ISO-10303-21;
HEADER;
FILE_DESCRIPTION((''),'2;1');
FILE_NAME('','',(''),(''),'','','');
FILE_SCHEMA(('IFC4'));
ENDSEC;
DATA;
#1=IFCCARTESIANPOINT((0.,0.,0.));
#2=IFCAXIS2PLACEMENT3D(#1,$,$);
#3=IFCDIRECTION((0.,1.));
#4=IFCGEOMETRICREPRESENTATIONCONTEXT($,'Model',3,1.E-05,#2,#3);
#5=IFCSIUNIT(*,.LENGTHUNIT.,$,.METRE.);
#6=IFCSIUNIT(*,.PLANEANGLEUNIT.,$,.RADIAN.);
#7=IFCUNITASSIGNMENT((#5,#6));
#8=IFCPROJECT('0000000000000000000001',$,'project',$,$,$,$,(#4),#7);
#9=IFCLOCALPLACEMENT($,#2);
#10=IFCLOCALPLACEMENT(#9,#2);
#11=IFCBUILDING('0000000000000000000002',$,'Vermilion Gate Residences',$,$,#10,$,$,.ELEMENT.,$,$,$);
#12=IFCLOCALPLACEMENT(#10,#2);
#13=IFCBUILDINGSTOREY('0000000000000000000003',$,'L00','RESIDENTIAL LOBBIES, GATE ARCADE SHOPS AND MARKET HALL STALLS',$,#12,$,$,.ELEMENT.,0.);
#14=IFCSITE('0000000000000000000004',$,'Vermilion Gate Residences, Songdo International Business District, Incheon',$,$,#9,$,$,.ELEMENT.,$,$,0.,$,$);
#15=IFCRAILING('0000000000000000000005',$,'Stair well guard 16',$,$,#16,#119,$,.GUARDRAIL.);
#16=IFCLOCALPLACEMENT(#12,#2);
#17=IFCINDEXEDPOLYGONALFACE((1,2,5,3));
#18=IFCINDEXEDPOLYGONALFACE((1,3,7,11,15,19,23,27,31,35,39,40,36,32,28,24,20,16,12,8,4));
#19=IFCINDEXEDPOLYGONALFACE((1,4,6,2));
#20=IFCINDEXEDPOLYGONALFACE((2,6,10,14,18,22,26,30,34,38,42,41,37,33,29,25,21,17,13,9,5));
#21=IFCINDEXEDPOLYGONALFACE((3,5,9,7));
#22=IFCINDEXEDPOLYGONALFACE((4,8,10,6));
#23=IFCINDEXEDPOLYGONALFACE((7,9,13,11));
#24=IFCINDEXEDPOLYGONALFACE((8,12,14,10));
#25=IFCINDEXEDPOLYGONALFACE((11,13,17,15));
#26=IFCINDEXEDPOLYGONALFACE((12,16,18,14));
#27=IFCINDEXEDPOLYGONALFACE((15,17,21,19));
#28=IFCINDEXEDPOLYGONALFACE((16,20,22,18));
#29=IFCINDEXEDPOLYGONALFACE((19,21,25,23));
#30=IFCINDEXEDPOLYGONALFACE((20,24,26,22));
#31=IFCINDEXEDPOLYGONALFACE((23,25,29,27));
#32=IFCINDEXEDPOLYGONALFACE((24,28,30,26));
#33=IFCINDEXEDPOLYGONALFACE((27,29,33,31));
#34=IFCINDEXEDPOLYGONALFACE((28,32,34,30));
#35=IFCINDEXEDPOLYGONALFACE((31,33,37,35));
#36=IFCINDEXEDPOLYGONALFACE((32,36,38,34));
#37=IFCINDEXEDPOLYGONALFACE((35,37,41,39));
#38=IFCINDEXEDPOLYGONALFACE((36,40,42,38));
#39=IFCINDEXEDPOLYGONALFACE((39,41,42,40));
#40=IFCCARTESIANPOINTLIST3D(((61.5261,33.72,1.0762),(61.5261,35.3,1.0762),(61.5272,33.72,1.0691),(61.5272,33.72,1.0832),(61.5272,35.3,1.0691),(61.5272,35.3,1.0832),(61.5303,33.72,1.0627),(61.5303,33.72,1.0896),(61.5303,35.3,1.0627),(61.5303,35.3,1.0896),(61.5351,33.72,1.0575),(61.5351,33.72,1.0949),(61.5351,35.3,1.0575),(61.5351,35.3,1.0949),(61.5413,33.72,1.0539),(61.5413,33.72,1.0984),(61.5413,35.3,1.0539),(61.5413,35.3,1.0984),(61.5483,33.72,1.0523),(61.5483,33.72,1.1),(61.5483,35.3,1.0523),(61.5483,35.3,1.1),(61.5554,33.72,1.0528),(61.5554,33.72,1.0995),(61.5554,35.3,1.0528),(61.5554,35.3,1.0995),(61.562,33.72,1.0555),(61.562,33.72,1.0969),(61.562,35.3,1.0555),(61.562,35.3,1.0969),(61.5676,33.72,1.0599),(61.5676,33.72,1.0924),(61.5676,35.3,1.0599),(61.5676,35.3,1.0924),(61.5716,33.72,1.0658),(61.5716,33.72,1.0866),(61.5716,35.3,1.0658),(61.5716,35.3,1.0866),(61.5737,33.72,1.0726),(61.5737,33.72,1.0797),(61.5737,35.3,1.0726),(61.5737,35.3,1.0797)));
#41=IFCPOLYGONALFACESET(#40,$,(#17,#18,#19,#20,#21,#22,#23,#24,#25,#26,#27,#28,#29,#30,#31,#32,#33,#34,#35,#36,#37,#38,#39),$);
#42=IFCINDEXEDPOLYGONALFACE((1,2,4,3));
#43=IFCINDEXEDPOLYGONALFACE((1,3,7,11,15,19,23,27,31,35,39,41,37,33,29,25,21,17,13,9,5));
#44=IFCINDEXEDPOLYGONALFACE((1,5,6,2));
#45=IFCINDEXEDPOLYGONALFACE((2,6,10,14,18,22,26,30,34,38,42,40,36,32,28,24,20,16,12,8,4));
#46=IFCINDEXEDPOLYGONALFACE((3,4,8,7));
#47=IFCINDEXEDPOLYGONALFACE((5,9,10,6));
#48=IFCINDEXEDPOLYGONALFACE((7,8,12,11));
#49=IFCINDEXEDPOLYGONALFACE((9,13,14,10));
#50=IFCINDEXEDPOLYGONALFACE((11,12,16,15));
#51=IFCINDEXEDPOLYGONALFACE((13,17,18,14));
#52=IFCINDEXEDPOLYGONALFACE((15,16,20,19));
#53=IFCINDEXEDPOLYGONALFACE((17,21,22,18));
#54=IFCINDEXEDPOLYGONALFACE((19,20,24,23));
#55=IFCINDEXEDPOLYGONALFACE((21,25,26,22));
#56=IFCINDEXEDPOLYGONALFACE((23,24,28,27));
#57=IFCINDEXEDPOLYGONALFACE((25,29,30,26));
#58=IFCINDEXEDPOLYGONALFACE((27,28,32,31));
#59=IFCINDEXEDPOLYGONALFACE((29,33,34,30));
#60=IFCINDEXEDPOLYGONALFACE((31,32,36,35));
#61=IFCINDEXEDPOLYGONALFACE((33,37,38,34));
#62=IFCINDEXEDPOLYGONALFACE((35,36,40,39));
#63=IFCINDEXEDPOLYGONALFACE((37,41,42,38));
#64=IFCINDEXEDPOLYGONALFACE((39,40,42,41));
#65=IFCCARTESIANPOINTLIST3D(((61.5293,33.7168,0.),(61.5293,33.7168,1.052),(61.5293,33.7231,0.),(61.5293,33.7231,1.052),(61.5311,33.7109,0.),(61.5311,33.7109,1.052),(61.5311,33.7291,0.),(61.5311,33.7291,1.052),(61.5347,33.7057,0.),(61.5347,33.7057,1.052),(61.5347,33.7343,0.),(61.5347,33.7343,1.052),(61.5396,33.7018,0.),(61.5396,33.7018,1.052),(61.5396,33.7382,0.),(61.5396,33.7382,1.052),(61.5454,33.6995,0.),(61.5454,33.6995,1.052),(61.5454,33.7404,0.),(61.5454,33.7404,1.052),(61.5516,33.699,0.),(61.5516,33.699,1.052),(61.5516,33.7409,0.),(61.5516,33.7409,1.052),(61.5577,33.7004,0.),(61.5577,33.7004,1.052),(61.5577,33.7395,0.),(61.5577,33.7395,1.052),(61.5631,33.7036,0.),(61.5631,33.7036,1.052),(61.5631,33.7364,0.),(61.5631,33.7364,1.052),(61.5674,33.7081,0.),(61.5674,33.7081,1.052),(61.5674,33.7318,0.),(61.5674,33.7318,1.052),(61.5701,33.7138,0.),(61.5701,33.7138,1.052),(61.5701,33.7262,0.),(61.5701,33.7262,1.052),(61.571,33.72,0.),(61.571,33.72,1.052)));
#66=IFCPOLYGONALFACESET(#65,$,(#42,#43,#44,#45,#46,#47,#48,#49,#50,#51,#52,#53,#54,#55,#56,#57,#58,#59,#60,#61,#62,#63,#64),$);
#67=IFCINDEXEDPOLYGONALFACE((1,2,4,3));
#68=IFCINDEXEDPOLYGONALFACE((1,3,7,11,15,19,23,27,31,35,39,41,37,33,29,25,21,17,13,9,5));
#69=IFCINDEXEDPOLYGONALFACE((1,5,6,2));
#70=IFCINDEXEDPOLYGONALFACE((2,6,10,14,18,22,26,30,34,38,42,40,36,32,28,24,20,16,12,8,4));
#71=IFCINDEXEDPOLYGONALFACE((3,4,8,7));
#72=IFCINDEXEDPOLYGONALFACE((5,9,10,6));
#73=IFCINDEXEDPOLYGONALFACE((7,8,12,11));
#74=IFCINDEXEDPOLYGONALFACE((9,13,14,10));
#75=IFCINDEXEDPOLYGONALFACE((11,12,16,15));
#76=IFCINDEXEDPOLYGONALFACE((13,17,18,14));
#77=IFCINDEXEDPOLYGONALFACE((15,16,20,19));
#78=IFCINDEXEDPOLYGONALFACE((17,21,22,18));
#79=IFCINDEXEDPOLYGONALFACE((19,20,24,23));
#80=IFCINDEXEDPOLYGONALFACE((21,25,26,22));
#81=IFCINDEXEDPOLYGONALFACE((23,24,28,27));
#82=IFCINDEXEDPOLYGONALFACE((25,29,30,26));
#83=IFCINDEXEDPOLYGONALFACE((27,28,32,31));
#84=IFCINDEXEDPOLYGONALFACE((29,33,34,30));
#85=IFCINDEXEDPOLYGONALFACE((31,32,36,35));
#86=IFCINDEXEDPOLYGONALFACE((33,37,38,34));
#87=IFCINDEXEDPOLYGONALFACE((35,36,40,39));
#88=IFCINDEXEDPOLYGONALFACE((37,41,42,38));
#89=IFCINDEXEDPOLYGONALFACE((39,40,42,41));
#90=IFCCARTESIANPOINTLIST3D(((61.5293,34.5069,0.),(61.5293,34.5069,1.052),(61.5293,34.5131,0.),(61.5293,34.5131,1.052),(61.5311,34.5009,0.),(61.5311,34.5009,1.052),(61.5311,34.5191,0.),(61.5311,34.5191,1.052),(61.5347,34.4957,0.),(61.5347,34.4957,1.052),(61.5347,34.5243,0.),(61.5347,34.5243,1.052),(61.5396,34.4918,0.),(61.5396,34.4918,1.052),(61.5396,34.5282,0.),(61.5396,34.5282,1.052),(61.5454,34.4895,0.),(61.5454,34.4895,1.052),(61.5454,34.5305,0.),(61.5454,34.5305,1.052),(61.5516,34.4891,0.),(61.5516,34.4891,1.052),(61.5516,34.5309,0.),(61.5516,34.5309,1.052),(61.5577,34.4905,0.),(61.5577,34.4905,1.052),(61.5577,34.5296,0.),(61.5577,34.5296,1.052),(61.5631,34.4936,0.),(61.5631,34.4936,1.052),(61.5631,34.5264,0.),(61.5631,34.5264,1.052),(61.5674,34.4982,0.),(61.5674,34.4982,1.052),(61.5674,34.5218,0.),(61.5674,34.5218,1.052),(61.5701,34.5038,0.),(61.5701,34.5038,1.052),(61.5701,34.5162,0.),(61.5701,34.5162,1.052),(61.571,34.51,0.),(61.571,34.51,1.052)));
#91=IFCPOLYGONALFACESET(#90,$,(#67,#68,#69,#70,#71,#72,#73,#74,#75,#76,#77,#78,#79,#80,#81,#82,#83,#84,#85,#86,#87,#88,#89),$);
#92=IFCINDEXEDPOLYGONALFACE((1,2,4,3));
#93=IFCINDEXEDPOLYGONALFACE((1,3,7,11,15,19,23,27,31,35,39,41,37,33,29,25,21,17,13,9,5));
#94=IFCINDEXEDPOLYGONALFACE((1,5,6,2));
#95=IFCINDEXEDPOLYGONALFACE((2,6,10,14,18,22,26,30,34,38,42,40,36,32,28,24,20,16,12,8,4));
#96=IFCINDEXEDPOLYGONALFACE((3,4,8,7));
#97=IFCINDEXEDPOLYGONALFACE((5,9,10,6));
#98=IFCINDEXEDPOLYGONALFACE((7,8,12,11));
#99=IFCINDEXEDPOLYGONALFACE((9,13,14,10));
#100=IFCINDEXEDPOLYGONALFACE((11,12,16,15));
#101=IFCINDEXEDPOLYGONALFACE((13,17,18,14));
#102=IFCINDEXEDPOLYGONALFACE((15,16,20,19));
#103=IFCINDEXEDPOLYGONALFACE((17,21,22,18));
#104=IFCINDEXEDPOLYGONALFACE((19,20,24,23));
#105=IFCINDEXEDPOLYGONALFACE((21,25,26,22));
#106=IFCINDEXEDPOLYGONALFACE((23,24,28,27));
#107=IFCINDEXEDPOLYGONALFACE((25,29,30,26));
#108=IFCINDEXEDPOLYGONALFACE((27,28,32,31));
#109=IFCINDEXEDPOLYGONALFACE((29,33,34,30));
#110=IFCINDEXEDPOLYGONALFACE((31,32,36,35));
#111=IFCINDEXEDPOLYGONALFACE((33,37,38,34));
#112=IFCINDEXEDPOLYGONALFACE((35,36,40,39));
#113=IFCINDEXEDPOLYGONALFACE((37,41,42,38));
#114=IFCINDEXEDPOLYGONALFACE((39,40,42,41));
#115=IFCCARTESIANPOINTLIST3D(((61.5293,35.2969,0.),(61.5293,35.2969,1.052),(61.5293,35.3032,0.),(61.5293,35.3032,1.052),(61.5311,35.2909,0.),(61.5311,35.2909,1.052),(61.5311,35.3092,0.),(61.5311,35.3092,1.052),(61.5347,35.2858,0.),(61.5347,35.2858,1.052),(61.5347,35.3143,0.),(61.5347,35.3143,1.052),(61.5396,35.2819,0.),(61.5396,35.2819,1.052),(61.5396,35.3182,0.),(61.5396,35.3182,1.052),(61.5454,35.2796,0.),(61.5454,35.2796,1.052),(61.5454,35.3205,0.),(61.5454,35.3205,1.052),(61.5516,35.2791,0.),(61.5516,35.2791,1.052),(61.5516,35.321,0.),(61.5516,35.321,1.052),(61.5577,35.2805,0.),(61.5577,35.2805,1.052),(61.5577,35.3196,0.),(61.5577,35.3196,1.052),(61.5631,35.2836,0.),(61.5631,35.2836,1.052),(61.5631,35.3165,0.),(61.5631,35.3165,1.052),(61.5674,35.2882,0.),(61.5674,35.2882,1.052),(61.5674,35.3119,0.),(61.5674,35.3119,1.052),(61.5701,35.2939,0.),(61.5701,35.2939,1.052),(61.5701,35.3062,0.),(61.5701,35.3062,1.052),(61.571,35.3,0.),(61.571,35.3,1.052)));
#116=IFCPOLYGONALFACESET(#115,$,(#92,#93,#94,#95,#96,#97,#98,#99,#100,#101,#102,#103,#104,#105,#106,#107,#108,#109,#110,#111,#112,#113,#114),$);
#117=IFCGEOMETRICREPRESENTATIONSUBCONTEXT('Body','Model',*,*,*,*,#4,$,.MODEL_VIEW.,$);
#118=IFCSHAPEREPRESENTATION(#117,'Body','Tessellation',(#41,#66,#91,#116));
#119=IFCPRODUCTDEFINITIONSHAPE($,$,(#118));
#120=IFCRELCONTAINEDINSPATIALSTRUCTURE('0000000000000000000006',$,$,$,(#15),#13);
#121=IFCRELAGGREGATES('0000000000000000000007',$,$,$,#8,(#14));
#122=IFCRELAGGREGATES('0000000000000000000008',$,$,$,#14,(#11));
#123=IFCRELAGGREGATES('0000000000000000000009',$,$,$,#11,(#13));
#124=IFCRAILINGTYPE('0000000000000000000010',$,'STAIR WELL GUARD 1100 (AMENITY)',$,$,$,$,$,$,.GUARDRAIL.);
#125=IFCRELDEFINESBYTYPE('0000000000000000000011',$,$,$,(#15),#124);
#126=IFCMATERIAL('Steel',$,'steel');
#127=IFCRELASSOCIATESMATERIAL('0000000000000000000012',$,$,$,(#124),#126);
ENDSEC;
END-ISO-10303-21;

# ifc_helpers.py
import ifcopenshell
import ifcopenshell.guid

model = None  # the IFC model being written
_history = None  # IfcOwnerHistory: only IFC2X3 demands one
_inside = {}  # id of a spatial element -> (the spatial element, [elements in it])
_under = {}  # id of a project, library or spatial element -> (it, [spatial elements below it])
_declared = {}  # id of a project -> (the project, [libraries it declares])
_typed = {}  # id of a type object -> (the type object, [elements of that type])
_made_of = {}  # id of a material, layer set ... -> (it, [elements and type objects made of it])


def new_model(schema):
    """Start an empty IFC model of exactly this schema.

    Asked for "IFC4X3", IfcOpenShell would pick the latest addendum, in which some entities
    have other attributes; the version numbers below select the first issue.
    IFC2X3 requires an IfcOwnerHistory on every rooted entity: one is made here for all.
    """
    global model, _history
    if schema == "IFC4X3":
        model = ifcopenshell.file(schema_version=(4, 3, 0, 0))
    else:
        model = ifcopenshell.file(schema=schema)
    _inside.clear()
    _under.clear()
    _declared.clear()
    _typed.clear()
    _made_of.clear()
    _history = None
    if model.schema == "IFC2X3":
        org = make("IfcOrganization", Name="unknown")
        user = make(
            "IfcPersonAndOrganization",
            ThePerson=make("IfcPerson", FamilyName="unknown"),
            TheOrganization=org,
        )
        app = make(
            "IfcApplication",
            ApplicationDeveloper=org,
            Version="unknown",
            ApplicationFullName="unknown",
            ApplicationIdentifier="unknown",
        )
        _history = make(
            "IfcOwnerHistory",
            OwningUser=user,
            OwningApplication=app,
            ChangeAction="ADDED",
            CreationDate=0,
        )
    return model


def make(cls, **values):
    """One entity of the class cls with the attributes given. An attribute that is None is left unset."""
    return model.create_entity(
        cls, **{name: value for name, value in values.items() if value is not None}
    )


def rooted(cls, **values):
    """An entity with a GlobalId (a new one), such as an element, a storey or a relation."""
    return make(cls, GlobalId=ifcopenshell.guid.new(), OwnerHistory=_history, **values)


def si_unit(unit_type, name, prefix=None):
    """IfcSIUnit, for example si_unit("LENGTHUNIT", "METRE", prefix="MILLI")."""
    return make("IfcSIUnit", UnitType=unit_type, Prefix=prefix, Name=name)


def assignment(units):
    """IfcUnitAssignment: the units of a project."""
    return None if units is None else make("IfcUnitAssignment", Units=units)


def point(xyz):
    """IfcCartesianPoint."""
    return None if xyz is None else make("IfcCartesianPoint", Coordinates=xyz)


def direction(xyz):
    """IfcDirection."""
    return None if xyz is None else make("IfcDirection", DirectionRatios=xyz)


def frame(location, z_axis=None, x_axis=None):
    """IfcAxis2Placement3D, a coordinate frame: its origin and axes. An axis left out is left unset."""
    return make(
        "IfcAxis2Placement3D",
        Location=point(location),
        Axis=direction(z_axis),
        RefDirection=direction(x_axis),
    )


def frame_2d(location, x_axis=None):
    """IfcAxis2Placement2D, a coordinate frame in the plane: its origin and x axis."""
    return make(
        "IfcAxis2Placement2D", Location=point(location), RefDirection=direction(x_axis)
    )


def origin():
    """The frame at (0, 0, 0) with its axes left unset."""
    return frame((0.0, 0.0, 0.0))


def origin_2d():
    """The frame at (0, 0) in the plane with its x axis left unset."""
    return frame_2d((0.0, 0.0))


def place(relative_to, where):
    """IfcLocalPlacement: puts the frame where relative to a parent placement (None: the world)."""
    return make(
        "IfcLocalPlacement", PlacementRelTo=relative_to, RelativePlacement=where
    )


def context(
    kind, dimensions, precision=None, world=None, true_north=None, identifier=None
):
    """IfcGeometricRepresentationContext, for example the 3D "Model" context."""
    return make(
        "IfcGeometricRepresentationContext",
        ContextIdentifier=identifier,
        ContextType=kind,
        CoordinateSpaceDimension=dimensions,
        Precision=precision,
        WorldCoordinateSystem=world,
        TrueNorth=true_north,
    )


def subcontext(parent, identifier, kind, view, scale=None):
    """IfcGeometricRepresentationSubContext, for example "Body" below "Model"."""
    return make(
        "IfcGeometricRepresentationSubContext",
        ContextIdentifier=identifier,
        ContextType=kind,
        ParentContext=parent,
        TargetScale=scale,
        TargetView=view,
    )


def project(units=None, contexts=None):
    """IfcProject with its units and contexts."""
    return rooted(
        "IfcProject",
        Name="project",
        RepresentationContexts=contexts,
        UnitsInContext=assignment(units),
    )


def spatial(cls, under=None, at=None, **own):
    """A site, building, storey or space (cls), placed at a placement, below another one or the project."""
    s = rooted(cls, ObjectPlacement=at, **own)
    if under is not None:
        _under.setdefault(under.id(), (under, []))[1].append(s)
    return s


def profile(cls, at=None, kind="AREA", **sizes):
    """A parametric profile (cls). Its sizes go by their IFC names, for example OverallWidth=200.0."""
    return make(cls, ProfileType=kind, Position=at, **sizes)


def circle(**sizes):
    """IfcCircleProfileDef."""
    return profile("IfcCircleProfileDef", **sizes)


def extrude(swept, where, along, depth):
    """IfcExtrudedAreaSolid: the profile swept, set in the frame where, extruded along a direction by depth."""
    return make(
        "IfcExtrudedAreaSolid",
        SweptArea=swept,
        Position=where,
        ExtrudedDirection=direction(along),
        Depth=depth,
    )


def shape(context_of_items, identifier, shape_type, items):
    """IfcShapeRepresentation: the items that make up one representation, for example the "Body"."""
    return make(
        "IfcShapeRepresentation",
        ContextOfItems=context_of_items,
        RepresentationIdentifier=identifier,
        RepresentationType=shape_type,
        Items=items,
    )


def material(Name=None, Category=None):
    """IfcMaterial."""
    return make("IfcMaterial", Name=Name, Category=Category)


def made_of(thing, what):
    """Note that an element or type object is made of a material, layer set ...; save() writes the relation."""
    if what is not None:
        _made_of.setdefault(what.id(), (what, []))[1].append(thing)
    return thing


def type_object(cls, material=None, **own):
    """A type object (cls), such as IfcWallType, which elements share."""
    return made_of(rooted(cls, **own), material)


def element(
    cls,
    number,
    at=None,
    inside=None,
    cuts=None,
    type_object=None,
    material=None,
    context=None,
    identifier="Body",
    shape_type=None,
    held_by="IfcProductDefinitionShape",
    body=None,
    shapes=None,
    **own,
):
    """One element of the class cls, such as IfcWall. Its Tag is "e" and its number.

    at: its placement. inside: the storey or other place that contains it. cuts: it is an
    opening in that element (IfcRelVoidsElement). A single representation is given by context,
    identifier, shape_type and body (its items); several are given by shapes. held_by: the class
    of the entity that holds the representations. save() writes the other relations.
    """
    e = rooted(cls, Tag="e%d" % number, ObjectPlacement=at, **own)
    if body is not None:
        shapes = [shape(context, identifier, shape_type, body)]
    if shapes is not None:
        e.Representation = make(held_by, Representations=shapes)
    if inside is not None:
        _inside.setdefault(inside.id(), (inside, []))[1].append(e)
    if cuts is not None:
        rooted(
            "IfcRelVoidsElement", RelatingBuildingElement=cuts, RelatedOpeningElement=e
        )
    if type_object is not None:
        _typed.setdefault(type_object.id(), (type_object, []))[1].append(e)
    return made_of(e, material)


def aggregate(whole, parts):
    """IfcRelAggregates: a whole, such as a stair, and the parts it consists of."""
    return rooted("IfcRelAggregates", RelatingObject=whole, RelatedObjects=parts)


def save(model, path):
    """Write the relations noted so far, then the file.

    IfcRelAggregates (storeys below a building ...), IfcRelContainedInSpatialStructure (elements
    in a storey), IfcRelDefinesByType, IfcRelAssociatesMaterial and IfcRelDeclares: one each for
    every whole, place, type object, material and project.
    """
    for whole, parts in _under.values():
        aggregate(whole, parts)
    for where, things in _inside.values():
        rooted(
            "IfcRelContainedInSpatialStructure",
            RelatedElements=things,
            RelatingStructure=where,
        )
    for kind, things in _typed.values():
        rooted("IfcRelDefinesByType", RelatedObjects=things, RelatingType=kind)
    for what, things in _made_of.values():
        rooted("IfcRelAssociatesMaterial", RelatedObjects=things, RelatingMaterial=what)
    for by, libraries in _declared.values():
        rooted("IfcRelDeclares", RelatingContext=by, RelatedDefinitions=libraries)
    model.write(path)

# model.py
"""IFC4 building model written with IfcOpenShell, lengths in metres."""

from ifc_helpers import new_model, si_unit, direction, frame, origin, origin_2d, place, context, subcontext, project, spatial, circle, extrude, material, type_object, element, save


model = new_model("IFC4")

# Units and contexts
model_context = context("Model", 3, precision=1e-05, world=origin(), true_north=direction((0.0, 1.0)))
body_context = subcontext(model_context, "Body", "Model", "MODEL_VIEW")
ifc_project = project(units=[si_unit("LENGTHUNIT", "METRE"), si_unit("PLANEANGLEUNIT", "RADIAN")], contexts=[model_context])

# Site, building, storey
site_placement = place(None, origin())
site = spatial("IfcSite", under=ifc_project, at=site_placement, Name="Vermilion Gate Residences, Songdo International Business District, Incheon", CompositionType="ELEMENT", RefElevation=0.0)
building_placement = place(site_placement, origin())
building = spatial("IfcBuilding", under=site, at=building_placement, Name="Vermilion Gate Residences", CompositionType="ELEMENT")
storey_placement = place(building_placement, origin())
storey = spatial("IfcBuildingStorey", under=building, at=storey_placement, Name="L00", Description="RESIDENTIAL LOBBIES, GATE ARCADE SHOPS AND MARKET HALL STALLS", CompositionType="ELEMENT", Elevation=0.0)

# Railing
ifc_material_1 = material(Name="Steel", Category="steel")
railing_type = type_object("IfcRailingType", Name="STAIR WELL GUARD 1100 (AMENITY)", PredefinedType="GUARDRAIL", material=ifc_material_1)
railing_1_placement = place(storey_placement, frame((61.55, 33.72, 0.0)))
element("IfcRailing", 1, at=railing_1_placement, inside=storey, type_object=railing_type, Name="Stair well guard 16", PredefinedType="GUARDRAIL", context=body_context, shape_type="SweptSolid", body=[
    extrude(circle(Radius=0.0239, at=origin_2d()), frame((0.0, 0.0, 1.0762), z_axis=(0.0, 1.0, 0.0), x_axis=(-1.0, 0.0, 0.0)), (0.0, 0.0, 1.0), 1.5801),
    extrude(circle(Radius=0.021, at=origin_2d()), origin(), (0.0, 0.0, 1.0), 1.052),
    extrude(circle(Radius=0.021, at=origin_2d()), frame((0.0, 0.79, 0.0)), (0.0, 0.0, 1.0), 1.052),
    extrude(circle(Radius=0.021, at=origin_2d()), frame((0.0, 1.5801, 0.0)), (0.0, 0.0, 1.0), 1.052),
])

save(model, "model.ifc")
